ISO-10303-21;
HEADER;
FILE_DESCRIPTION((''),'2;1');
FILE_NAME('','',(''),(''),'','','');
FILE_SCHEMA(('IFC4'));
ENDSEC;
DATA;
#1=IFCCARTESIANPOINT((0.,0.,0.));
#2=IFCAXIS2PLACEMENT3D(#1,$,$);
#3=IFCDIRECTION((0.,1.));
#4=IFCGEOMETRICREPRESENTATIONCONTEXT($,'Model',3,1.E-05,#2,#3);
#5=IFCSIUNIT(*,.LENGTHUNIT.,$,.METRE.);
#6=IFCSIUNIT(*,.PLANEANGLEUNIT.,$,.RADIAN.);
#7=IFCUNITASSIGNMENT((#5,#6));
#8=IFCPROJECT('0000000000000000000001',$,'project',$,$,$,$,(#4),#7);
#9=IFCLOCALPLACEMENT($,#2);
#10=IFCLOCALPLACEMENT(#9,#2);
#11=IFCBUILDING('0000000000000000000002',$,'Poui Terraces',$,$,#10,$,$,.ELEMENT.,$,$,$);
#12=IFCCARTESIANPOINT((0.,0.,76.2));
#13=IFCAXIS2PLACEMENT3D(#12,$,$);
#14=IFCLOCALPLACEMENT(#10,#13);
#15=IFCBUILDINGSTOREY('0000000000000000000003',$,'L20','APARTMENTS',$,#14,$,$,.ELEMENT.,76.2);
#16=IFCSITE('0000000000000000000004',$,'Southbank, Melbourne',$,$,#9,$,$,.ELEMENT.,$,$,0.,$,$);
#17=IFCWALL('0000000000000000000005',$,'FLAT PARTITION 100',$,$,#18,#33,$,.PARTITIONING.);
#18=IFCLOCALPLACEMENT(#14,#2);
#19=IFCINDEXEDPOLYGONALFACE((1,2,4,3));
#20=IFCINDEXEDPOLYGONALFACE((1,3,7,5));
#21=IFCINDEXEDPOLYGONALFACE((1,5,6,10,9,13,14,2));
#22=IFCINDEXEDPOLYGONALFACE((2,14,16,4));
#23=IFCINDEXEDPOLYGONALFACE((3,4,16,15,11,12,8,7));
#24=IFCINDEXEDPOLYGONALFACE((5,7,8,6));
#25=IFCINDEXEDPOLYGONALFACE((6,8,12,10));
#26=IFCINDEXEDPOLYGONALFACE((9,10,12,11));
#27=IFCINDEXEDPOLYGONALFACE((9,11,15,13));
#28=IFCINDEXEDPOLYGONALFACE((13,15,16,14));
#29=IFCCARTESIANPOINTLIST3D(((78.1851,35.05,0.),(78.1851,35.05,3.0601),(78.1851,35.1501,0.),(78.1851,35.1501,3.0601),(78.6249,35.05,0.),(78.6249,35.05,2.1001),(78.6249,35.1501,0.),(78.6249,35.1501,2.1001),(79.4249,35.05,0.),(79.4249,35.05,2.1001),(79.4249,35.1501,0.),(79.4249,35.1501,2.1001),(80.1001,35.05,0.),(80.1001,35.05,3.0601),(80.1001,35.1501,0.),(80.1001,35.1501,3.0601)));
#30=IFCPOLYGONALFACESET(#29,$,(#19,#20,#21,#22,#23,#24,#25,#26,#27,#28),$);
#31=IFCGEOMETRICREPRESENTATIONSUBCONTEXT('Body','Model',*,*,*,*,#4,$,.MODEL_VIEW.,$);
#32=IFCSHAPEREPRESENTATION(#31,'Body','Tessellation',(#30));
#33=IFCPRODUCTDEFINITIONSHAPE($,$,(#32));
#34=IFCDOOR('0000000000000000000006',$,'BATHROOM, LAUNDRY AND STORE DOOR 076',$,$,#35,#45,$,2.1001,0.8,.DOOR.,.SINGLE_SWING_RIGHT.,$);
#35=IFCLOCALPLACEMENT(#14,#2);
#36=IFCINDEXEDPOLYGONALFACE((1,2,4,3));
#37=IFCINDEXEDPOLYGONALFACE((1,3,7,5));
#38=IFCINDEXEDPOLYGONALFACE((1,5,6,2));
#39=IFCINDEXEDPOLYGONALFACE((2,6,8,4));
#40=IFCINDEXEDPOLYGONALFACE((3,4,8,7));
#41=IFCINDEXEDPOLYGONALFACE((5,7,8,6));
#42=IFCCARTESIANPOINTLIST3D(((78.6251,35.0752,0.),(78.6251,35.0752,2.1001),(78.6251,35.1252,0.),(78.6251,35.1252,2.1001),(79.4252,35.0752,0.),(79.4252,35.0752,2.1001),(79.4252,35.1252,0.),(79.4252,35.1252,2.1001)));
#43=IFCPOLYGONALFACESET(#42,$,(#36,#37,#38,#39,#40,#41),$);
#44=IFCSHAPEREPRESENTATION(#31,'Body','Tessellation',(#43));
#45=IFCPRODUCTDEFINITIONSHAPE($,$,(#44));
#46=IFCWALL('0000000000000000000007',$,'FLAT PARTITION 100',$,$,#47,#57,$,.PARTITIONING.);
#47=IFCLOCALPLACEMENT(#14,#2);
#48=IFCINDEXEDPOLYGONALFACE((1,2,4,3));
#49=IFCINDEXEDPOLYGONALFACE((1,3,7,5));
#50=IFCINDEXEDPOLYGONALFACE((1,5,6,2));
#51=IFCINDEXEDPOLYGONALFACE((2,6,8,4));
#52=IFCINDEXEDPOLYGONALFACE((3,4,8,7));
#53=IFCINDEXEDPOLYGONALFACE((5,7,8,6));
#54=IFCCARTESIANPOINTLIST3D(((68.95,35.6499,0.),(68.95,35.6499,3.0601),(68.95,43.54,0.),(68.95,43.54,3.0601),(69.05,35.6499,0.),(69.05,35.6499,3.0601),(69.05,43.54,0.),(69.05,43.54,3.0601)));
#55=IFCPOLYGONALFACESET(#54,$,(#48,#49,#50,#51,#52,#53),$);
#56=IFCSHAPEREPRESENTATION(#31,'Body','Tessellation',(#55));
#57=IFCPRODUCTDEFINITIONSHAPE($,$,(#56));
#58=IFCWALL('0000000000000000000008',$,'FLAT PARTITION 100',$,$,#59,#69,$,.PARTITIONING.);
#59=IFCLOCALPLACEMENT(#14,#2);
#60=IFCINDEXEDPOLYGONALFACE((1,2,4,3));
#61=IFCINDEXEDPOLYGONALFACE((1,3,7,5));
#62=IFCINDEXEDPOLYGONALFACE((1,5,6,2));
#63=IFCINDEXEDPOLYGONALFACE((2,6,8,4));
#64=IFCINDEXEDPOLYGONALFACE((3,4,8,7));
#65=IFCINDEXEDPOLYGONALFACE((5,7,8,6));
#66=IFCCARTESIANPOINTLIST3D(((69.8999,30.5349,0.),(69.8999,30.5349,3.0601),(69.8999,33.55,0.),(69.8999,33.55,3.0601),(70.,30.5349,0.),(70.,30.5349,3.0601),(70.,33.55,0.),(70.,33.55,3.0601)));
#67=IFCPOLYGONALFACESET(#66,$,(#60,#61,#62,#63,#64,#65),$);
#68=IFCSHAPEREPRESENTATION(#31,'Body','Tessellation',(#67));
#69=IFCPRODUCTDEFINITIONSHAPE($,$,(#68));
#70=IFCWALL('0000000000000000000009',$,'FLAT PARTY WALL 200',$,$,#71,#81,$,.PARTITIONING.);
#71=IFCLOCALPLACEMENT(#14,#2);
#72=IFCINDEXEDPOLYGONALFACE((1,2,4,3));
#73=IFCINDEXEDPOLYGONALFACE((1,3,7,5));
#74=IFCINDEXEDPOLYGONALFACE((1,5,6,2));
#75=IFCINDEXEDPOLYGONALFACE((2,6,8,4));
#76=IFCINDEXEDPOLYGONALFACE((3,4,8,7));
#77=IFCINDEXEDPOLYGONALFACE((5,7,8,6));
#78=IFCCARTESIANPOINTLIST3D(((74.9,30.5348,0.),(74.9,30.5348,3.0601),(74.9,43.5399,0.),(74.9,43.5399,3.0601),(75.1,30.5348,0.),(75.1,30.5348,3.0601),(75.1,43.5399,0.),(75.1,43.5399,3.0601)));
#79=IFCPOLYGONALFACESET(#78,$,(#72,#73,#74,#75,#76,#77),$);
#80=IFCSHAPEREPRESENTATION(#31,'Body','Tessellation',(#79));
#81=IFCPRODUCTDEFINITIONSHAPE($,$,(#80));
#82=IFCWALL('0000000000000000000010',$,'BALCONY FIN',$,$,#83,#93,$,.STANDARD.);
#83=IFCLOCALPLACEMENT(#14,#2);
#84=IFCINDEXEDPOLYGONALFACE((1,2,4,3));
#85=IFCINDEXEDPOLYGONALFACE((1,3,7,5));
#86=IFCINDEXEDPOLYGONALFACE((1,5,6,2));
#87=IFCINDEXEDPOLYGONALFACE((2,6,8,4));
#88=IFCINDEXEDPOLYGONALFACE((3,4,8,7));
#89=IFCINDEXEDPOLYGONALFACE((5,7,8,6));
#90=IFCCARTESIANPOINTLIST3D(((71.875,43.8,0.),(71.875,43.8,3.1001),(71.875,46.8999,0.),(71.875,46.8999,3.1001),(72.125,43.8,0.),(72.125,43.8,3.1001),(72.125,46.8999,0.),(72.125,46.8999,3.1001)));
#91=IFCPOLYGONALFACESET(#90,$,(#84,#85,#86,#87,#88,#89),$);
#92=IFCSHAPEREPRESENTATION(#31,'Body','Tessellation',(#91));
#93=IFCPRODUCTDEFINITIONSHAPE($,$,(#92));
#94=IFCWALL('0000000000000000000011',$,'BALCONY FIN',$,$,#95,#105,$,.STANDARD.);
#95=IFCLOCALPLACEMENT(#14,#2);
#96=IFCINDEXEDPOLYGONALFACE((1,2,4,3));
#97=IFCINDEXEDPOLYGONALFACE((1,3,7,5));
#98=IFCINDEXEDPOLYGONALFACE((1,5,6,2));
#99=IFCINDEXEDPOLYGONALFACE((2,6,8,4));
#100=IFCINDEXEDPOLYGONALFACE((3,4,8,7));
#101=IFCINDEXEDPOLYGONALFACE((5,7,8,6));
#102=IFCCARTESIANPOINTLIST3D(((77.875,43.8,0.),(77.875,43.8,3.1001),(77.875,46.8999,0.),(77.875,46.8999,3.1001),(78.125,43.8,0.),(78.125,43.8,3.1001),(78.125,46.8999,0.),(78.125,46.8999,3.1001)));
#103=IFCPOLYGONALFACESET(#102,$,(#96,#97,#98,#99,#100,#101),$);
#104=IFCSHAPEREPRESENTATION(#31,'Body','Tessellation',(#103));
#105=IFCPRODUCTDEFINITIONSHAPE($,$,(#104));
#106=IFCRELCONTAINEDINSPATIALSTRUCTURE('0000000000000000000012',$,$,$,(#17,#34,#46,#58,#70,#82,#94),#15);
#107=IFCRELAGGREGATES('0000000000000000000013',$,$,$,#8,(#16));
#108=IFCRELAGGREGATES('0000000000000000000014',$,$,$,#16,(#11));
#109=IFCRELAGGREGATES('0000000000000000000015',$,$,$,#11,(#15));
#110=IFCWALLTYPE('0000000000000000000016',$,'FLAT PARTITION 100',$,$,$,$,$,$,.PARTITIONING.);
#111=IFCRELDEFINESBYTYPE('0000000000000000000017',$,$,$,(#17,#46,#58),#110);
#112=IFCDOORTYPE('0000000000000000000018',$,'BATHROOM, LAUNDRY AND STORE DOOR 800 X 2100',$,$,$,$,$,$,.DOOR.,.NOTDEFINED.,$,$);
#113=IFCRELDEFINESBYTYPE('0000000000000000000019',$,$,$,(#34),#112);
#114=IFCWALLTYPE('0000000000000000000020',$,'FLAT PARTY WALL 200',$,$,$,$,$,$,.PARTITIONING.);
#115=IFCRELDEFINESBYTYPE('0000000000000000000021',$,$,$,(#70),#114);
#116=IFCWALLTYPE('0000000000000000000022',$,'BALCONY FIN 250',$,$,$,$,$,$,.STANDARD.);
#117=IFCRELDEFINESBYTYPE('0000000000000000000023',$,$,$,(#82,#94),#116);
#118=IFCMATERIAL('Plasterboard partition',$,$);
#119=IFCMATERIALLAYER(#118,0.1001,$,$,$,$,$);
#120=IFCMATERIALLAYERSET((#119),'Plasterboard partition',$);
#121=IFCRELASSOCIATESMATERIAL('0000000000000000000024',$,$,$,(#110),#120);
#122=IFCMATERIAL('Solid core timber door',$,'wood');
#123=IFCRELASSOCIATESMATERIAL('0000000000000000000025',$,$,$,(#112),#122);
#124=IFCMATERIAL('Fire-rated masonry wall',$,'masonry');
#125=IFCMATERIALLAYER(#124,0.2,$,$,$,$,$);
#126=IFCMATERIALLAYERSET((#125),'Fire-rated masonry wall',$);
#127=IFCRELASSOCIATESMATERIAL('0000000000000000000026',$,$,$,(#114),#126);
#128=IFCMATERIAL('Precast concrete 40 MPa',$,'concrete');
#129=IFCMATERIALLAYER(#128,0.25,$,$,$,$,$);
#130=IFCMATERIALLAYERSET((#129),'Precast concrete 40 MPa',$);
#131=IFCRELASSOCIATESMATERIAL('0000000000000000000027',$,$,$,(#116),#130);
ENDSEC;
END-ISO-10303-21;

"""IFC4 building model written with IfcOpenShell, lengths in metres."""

from ifc_helpers import new_model, si_unit, direction, frame, frame_2d, origin, place, context, subcontext, project, spatial, polyline, rectangle, outline, extrude, source, transform, mapped, material, layer, layer_set, type_object, element, fill, save


model = new_model("IFC4")

# Units and contexts
model_context = context("Model", 3, precision=1e-05, world=origin(), true_north=direction((0.0, 1.0)))
body_context = subcontext(model_context, "Body", "Model", "MODEL_VIEW")
ifc_project = project(units=[si_unit("LENGTHUNIT", "METRE"), si_unit("PLANEANGLEUNIT", "RADIAN")], contexts=[model_context])

# Site, building, storey
site_placement = place(None, origin())
site = spatial("IfcSite", under=ifc_project, at=site_placement, Name="Southbank, Melbourne", CompositionType="ELEMENT", RefElevation=0.0)
building_placement = place(site_placement, origin())
building = spatial("IfcBuilding", under=site, at=building_placement, Name="Poui Terraces", CompositionType="ELEMENT")
storey_placement = place(building_placement, frame((0.0, 0.0, 76.2)))
storey = spatial("IfcBuildingStorey", under=building, at=storey_placement, Name="L20", Description="APARTMENTS", CompositionType="ELEMENT", Elevation=76.2)

# Wall, opening, door
ifc_material_1 = material(Name="Solid core timber door", Category="wood")
ifc_material_2 = material(Name="Plasterboard partition")
ifc_layer_1 = layer(ifc_material_2, 0.1001)
ifc_layer_set_1 = layer_set([ifc_layer_1], Name="Plasterboard partition")
wall_type_1 = type_object("IfcWallType", Name="FLAT PARTITION 100", PredefinedType="PARTITIONING", material=ifc_layer_set_1)
door_type_1 = type_object("IfcDoorType", Name="BATHROOM, LAUNDRY AND STORE DOOR 800 X 2100", OperationType="NOTDEFINED", PredefinedType="DOOR", material=ifc_material_1)
wall_1_placement = place(storey_placement, frame((78.1851, 35.1001, 0.0), z_axis=(0.0, 0.0, 1.0), x_axis=(1.0, 0.0, 0.0)))
wall_1 = element("IfcWall", 1, at=wall_1_placement, inside=storey, type_object=wall_type_1, Name="FLAT PARTITION 100", PredefinedType="PARTITIONING", context=body_context, shape_type="SweptSolid", body=[
    extrude(rectangle(XDim=1.915, YDim=0.1001, at=frame_2d((0.9575, 0.0))), origin(), (0.0, 0.0, 1.0), 3.0601),
])
opening_1_placement = place(wall_1_placement, frame((0.4399, 0.0, 0.0)))
opening_1 = element("IfcOpeningElement", 2, at=opening_1_placement, cuts=wall_1, PredefinedType="OPENING", context=body_context, shape_type="SweptSolid", body=[
    extrude(rectangle(XDim=0.8, YDim=2.1001, at=frame_2d((0.3999, 1.05))), frame((0.0, 0.0601, 0.0), z_axis=(0.0, -1.0, 0.0), x_axis=(1.0, 0.0, 0.0)), (0.0, 0.0, 1.0), 0.1201),
])
door_1_placement = place(opening_1_placement, frame((0.8, 0.0, 0.0), z_axis=(0.0, 0.0, 1.0), x_axis=(-1.0, 0.0, 0.0)))
door_1 = element("IfcDoor", 3, at=door_1_placement, inside=storey, type_object=door_type_1, Name="BATHROOM, LAUNDRY AND STORE DOOR 076", OperationType="SINGLE_SWING_RIGHT", OverallHeight=2.1001, OverallWidth=0.8, PredefinedType="DOOR", context=body_context, shape_type="SweptSolid", body=[
    extrude(rectangle(XDim=0.8, YDim=2.1001, at=frame_2d((0.3999, 1.05))), frame((0.0, 0.0249, 0.0), z_axis=(0.0, -1.0, 0.0), x_axis=(1.0, 0.0, 0.0)), (0.0, 0.0, 1.0), 0.05),
])
fill(opening_1, door_1)

# Walls
wall_2_placement = place(storey_placement, frame((69.0, 35.6499, 0.0), z_axis=(0.0, 0.0, 1.0), x_axis=(0.0, 1.0, 0.0)))
element("IfcWall", 4, at=wall_2_placement, inside=storey, type_object=wall_type_1, Name="FLAT PARTITION 100", PredefinedType="PARTITIONING", context=body_context, shape_type="SweptSolid", body=[
    extrude(rectangle(XDim=7.8901, YDim=0.1001, at=frame_2d((3.9451, 0.0))), origin(), (0.0, 0.0, 1.0), 3.0601),
])
wall_3_placement = place(storey_placement, frame((69.95, 30.5349, 0.0), z_axis=(0.0, 0.0, 1.0), x_axis=(0.0, 1.0, 0.0)))
element("IfcWall", 5, at=wall_3_placement, inside=storey, type_object=wall_type_1, Name="FLAT PARTITION 100", PredefinedType="PARTITIONING", context=body_context, shape_type="SweptSolid", body=[
    extrude(rectangle(XDim=3.0151, YDim=0.1001, at=frame_2d((1.5076, 0.0))), origin(), (0.0, 0.0, 1.0), 3.0601),
])
ifc_material_3 = material(Name="Fire-rated masonry wall", Category="masonry")
ifc_layer_2 = layer(ifc_material_3, 0.2)
ifc_layer_set_2 = layer_set([ifc_layer_2], Name="Fire-rated masonry wall")
wall_type_2 = type_object("IfcWallType", Name="FLAT PARTY WALL 200", PredefinedType="PARTITIONING", material=ifc_layer_set_2)
wall_4_placement = place(storey_placement, frame((75.0, 30.5349, 0.0), z_axis=(0.0, 0.0, 1.0), x_axis=(0.0, 1.0, 0.0)))
element("IfcWall", 6, at=wall_4_placement, inside=storey, type_object=wall_type_2, Name="FLAT PARTY WALL 200", PredefinedType="PARTITIONING", context=body_context, shape_type="SweptSolid", body=[
    extrude(rectangle(XDim=13.0051, YDim=0.2, at=frame_2d((6.5024, 0.0))), origin(), (0.0, 0.0, 1.0), 3.0601),
])
ifc_material_4 = material(Name="Precast concrete 40 MPa", Category="concrete")
ifc_layer_3 = layer(ifc_material_4, 0.25)
ifc_layer_set_3 = layer_set([ifc_layer_3], Name="Precast concrete 40 MPa")
wall_type_3 = type_object("IfcWallType", Name="BALCONY FIN 250", PredefinedType="STANDARD", material=ifc_layer_set_3)
shared_shape_1 = source(origin(), body_context, "Body", "SweptSolid", [
    extrude(outline(polyline([(0.0, 0.0), (0.25, 0.0), (0.25, 3.0999), (0.0, 3.0999), (0.0, 0.0)])), origin(), (0.0, 0.0, 1.0), 3.1001),
])
for number, where, name in (
    (7, (71.875, 43.8, 0.0), "BALCONY FIN"),
    (8, (77.875, 43.8, 0.0), "BALCONY FIN"),
):
    element("IfcWall", number, at=place(storey_placement, frame(where)), inside=storey, type_object=wall_type_3, Name=name, PredefinedType="STANDARD", context=body_context, shape_type="MappedRepresentation", body=[
        mapped(shared_shape_1, transform((0.0, 0.0, 0.0))),
    ])

save(model, "model.ifc")
